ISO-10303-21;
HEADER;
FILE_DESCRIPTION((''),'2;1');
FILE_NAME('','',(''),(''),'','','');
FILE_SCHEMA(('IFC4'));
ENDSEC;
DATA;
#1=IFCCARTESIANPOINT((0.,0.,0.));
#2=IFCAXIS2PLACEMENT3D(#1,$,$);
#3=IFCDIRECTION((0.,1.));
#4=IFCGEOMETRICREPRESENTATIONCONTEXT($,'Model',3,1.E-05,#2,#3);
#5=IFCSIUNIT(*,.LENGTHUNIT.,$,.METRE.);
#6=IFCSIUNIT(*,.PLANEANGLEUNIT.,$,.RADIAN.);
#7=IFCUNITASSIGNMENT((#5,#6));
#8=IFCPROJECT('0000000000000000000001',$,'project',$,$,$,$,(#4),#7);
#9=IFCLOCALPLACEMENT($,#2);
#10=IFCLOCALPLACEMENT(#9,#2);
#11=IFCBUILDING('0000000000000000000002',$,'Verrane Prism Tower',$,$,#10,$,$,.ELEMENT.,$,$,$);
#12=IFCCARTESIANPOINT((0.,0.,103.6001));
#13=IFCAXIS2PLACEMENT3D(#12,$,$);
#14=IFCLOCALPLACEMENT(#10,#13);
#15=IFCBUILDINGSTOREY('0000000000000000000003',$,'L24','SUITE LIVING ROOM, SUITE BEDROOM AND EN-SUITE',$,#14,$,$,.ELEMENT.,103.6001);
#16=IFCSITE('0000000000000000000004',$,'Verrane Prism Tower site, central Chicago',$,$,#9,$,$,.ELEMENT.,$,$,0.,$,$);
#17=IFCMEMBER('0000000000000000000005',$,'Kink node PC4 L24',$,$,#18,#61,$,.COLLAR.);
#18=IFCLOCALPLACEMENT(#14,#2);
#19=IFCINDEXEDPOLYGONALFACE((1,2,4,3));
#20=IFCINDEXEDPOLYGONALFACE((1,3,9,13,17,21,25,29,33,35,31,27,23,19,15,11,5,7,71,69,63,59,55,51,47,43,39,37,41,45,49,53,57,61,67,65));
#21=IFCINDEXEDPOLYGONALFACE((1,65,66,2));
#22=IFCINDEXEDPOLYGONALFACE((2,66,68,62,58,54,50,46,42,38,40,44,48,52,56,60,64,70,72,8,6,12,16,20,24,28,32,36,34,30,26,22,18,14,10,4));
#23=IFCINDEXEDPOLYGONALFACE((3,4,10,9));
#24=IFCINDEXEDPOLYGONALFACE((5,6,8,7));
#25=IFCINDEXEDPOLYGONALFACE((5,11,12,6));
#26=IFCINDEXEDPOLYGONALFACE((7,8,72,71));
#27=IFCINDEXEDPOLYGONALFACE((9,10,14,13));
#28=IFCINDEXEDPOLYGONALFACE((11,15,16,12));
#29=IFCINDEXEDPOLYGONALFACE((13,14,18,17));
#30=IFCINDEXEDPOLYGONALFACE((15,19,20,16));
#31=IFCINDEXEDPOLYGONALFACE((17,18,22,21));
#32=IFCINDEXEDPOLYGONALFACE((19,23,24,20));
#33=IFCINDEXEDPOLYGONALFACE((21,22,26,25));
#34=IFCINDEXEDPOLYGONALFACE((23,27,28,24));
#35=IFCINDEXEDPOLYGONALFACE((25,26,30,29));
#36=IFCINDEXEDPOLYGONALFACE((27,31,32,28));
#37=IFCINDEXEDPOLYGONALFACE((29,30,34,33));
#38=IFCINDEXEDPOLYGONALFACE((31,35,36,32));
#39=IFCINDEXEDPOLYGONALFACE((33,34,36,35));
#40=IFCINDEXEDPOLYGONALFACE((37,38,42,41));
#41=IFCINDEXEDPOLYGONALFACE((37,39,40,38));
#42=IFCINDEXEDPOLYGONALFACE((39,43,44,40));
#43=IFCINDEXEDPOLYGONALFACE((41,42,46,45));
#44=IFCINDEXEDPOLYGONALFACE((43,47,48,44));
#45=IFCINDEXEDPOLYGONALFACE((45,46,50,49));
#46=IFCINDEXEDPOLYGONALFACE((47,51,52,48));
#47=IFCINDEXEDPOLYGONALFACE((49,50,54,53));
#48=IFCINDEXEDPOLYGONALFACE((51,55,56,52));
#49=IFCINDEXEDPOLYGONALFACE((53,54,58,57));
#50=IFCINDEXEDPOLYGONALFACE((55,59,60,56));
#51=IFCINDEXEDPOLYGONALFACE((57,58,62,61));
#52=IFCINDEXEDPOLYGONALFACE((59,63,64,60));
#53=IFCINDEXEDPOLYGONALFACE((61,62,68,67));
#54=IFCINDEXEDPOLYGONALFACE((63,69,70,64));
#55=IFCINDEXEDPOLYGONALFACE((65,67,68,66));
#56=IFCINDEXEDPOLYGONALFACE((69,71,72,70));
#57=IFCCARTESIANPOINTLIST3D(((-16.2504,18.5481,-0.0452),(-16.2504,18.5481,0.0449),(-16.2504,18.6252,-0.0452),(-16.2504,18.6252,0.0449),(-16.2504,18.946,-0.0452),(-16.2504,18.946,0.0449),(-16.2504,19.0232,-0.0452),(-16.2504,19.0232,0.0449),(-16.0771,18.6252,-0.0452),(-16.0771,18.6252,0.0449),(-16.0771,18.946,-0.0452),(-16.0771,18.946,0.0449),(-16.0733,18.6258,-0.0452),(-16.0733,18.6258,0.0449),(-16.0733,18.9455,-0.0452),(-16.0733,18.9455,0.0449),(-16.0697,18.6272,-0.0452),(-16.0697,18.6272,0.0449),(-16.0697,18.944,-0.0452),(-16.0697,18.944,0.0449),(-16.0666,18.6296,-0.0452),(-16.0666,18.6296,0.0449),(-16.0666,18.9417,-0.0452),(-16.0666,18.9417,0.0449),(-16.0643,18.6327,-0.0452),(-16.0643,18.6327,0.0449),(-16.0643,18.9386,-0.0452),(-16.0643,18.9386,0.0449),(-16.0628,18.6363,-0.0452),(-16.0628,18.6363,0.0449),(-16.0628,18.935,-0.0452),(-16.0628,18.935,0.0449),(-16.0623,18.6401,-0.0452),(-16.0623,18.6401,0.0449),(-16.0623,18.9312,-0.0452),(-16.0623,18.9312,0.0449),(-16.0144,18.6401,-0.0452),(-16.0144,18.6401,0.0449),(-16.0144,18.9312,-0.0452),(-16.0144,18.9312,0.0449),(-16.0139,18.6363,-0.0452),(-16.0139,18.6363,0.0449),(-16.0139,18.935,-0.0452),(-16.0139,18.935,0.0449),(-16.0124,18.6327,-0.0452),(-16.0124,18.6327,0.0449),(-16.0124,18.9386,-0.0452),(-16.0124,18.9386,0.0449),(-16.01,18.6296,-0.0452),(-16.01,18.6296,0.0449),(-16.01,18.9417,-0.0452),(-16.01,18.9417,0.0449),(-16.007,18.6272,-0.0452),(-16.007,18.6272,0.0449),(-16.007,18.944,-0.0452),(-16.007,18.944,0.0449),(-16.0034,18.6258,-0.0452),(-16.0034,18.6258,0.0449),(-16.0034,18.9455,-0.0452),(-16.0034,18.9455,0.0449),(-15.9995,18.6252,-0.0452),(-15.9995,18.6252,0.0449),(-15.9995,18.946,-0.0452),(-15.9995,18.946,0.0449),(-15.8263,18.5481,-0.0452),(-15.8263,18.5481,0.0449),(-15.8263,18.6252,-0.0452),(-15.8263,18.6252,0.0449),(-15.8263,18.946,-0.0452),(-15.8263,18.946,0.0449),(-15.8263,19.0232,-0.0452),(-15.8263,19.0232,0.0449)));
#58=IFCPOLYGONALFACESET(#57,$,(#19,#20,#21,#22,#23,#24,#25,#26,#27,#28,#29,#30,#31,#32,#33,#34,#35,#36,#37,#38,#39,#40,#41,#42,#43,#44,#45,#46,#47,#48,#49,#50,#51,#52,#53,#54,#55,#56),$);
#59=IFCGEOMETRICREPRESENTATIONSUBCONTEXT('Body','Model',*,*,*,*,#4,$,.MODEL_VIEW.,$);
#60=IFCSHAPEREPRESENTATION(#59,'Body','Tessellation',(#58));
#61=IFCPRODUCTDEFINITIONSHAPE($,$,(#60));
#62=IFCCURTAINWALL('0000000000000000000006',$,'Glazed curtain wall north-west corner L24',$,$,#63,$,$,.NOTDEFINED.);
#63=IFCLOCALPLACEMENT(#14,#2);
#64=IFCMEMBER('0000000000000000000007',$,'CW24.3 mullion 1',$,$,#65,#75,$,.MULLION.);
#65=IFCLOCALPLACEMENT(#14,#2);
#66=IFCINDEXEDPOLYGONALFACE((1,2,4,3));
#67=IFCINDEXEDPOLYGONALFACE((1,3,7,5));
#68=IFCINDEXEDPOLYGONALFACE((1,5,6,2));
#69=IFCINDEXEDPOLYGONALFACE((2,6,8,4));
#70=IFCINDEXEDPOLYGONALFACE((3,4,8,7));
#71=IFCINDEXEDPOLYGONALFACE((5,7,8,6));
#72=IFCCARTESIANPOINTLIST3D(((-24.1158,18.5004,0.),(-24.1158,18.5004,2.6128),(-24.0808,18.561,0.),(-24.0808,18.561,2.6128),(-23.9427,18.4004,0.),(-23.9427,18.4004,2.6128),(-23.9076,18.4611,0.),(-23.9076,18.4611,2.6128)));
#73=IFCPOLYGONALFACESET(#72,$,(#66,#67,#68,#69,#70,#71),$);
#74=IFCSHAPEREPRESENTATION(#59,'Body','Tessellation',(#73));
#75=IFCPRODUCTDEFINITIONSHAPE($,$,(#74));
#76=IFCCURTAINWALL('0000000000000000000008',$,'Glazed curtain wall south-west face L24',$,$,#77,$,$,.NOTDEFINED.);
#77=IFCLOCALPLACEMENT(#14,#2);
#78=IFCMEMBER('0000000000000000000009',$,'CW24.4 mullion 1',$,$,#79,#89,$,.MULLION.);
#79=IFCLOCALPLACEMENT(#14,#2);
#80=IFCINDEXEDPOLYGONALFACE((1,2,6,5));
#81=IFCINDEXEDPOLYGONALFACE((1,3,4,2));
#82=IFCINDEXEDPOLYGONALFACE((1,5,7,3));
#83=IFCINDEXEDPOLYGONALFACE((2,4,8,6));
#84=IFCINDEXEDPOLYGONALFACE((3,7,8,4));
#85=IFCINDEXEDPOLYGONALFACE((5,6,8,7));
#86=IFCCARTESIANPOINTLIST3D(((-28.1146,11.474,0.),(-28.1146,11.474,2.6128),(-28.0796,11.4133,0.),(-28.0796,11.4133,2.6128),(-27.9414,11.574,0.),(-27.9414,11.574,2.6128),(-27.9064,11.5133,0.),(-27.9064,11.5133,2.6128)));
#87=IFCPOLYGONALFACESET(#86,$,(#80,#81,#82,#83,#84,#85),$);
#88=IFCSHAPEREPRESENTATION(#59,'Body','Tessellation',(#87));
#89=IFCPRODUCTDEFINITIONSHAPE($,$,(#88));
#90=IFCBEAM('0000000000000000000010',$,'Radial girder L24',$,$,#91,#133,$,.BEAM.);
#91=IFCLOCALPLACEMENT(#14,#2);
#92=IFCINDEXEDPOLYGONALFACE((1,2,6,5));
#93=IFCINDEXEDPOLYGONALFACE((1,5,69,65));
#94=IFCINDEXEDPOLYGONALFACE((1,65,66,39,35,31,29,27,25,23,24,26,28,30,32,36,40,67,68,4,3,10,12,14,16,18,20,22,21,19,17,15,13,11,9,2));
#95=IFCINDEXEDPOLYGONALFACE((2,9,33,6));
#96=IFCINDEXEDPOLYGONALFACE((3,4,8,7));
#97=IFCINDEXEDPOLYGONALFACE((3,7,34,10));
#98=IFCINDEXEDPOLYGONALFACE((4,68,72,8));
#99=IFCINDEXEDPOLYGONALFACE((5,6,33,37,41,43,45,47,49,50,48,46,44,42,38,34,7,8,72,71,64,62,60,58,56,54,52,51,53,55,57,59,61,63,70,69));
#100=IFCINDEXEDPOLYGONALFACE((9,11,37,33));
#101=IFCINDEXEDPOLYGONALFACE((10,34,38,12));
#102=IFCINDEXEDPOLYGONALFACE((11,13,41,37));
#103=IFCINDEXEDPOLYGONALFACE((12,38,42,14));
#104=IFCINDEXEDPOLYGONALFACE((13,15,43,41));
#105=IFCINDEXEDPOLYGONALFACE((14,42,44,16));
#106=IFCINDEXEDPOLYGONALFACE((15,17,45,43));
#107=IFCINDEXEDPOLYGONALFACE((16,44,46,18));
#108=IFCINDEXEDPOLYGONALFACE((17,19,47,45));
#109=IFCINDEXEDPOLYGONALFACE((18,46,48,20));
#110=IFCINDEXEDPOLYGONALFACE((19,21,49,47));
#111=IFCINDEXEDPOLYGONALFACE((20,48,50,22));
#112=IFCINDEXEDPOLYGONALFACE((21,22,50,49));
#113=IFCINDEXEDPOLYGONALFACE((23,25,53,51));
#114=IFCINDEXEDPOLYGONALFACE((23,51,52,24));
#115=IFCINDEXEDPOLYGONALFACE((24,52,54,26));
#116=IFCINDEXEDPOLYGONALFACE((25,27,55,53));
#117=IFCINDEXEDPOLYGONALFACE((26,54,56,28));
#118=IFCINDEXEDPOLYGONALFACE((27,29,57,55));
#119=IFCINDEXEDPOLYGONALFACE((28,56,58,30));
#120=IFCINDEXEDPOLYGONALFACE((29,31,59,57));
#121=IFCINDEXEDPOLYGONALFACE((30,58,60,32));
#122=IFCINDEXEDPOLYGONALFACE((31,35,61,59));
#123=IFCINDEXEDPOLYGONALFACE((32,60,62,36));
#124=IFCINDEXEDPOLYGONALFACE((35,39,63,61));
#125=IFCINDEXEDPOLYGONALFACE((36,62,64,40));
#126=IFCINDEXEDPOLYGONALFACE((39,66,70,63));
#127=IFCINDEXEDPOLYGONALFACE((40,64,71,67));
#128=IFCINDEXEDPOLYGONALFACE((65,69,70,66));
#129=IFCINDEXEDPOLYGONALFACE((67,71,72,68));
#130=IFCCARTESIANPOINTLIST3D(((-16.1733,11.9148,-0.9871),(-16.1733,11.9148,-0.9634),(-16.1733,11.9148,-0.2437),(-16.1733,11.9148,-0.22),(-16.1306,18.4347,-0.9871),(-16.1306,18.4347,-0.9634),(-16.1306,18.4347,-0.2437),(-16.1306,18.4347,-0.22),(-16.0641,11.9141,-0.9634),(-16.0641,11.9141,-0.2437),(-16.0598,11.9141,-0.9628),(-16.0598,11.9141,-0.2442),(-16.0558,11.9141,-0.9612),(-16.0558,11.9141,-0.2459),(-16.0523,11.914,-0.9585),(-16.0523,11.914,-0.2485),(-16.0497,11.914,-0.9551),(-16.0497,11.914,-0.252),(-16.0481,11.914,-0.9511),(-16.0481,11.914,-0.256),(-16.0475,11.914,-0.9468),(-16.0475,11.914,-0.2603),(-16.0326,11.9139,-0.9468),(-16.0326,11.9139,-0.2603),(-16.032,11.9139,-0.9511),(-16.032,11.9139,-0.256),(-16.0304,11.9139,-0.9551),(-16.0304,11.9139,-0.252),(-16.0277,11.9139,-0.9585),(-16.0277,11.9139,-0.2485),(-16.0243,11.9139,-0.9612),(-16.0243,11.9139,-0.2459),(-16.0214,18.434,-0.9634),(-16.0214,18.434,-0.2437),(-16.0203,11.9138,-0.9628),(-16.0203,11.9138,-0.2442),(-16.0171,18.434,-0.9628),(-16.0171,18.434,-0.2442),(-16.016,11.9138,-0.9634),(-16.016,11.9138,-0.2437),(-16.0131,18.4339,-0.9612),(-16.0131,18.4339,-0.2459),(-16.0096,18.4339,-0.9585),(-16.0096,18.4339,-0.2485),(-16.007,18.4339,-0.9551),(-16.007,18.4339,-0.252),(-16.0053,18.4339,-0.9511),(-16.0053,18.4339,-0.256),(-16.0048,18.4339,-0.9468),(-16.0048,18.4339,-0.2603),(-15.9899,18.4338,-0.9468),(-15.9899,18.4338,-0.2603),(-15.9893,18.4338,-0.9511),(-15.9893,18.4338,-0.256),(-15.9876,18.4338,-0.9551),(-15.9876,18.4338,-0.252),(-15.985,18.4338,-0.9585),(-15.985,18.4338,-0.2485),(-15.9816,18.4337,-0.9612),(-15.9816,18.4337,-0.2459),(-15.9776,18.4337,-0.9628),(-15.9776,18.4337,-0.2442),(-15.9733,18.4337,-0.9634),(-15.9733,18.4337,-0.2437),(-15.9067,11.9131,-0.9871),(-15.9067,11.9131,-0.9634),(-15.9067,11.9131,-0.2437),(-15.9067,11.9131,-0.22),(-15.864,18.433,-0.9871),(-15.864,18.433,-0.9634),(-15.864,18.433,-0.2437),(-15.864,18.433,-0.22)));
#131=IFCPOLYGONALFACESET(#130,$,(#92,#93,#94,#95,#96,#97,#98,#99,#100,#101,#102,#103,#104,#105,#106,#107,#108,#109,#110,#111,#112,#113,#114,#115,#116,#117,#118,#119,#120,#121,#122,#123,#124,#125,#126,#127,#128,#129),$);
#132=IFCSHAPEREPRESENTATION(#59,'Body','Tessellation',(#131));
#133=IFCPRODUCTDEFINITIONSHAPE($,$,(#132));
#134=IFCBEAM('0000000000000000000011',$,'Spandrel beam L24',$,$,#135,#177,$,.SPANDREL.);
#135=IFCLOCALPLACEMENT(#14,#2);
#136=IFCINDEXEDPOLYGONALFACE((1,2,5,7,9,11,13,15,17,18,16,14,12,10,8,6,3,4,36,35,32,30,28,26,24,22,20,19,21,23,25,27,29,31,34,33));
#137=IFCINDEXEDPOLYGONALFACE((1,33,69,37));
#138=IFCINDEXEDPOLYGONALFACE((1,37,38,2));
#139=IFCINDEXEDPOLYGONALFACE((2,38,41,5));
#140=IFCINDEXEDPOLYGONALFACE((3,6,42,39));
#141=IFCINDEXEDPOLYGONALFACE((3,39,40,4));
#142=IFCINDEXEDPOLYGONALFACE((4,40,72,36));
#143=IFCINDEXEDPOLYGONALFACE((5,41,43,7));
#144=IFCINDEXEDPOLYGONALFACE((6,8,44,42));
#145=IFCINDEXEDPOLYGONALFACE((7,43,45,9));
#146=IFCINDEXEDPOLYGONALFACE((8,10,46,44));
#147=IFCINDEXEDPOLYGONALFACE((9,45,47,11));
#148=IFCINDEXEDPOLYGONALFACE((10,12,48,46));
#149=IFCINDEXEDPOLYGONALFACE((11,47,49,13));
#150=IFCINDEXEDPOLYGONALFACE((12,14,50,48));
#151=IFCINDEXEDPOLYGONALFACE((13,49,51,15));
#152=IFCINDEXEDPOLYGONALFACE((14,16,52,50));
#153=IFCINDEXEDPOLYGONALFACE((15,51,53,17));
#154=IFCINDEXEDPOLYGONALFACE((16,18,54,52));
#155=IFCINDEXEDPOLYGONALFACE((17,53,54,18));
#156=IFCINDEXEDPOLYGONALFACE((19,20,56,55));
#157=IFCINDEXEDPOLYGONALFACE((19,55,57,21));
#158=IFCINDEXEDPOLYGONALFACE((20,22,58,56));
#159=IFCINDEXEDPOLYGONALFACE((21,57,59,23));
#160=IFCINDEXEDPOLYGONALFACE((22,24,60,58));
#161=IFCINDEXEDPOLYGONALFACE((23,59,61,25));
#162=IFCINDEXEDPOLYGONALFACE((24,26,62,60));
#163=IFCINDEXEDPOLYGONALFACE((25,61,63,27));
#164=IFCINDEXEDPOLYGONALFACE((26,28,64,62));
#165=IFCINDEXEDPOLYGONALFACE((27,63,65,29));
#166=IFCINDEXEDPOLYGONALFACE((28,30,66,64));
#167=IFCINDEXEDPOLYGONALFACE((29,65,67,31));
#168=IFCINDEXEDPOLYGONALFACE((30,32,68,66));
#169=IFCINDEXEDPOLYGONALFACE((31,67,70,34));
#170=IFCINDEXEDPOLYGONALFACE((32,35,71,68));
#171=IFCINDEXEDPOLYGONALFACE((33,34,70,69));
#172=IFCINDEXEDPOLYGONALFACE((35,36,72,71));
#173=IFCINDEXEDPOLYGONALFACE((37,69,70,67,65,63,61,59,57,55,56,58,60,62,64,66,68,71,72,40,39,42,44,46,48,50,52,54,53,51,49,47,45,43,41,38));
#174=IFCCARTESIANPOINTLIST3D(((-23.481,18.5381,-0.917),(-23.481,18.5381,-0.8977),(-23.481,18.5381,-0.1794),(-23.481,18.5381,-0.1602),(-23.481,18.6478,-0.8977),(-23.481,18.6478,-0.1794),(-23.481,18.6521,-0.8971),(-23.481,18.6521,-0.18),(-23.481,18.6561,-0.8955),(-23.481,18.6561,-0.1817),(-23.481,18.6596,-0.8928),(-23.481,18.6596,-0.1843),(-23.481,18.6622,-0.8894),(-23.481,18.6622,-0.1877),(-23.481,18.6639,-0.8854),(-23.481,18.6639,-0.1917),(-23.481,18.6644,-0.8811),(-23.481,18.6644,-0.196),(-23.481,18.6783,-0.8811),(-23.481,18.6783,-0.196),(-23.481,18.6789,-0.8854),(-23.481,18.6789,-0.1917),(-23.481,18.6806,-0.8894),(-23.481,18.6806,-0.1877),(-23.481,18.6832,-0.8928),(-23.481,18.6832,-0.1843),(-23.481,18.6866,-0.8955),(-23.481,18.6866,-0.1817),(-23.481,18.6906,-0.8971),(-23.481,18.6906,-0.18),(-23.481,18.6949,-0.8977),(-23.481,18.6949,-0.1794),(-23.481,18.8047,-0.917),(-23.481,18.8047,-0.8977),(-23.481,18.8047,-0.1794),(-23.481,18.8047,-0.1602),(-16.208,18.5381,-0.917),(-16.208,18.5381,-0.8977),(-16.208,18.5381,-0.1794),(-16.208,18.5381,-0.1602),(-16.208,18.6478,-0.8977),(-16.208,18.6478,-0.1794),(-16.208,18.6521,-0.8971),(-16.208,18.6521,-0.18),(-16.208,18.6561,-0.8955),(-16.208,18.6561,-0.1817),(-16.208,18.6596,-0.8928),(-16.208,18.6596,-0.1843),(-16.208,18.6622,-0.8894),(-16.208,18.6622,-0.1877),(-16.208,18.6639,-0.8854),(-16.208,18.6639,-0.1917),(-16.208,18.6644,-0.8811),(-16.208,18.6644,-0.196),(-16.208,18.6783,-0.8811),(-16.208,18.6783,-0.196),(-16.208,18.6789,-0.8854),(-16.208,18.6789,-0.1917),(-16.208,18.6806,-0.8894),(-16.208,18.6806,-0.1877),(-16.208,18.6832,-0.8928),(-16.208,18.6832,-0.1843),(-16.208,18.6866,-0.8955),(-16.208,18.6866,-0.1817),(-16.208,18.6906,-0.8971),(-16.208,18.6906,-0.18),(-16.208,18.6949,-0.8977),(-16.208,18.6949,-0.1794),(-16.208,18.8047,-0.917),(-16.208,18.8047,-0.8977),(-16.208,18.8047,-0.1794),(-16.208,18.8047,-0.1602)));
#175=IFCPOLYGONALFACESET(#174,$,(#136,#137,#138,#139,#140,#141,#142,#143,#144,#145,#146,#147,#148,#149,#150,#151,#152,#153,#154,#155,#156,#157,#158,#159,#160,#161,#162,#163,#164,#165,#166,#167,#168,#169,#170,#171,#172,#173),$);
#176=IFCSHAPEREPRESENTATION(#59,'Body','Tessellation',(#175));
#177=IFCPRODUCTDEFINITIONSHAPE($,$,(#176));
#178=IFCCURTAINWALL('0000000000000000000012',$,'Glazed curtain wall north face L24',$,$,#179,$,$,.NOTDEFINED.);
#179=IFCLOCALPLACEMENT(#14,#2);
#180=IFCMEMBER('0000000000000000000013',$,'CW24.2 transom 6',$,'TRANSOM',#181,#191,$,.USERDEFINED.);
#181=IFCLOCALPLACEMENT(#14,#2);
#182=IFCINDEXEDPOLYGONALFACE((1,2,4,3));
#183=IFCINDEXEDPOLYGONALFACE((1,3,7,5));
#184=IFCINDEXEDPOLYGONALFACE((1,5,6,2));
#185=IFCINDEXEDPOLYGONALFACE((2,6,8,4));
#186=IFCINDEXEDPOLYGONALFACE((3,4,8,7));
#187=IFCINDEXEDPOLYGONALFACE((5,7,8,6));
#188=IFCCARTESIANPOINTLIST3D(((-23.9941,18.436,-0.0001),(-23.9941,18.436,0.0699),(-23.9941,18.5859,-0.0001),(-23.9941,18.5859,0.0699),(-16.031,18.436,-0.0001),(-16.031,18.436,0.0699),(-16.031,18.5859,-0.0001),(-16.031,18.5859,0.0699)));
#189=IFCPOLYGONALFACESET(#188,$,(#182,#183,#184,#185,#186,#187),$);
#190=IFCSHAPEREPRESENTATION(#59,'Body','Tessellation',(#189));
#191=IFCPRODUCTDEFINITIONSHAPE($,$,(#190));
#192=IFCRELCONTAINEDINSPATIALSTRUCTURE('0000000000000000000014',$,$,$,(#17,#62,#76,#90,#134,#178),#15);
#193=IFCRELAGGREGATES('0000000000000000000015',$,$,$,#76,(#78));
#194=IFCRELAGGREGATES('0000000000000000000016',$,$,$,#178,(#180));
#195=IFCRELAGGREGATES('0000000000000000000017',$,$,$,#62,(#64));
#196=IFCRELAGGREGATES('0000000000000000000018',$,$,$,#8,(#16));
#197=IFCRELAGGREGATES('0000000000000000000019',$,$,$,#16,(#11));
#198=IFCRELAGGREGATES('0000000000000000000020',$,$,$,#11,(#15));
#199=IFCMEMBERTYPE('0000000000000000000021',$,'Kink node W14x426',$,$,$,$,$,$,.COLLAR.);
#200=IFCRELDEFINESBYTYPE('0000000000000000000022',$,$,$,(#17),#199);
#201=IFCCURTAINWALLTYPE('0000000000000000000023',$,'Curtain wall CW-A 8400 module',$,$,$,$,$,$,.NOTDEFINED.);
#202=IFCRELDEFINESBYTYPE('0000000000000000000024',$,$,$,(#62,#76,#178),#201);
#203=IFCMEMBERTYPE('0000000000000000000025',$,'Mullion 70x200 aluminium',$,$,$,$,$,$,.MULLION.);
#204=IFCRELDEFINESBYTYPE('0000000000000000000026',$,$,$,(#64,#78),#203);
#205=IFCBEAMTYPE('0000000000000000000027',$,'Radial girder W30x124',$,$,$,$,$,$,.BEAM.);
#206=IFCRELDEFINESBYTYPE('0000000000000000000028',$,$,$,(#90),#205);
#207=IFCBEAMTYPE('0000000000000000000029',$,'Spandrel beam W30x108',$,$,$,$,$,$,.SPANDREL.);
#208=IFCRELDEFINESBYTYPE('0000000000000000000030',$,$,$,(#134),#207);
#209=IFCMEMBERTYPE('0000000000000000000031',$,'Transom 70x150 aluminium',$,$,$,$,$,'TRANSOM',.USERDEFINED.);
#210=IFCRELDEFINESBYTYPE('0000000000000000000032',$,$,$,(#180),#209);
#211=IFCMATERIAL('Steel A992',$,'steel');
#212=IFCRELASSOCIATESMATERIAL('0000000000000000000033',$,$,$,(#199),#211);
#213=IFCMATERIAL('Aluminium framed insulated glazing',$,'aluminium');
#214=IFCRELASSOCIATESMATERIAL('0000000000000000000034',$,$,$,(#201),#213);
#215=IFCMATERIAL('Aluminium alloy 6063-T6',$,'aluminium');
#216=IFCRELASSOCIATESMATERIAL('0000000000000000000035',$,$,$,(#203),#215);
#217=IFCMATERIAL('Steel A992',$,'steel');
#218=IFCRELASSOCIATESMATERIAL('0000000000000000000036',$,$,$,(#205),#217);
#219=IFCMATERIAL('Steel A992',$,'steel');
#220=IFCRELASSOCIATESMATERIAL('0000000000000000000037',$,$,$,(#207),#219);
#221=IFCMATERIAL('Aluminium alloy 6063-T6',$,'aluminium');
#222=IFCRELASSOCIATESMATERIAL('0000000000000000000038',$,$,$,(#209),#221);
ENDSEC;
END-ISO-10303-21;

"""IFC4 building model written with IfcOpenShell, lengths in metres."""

from ifc_helpers import new_model, si_unit, direction, frame, origin, origin_2d, place, context, subcontext, project, spatial, rectangle, i_section, extrude, material, material_profile, profile_set, type_object, element, aggregate, save


model = new_model("IFC4")

# Units and contexts
model_context = context("Model", 3, precision=1e-05, world=origin(), true_north=direction((0.0, 1.0)))
body_context = subcontext(model_context, "Body", "Model", "MODEL_VIEW")
ifc_project = project(units=[si_unit("LENGTHUNIT", "METRE"), si_unit("PLANEANGLEUNIT", "RADIAN")], contexts=[model_context])

# Site, building, storey
site_placement = place(None, origin())
site = spatial("IfcSite", under=ifc_project, at=site_placement, Name="Verrane Prism Tower site, central Chicago", CompositionType="ELEMENT", RefElevation=0.0)
building_placement = place(site_placement, origin())
building = spatial("IfcBuilding", under=site, at=building_placement, Name="Verrane Prism Tower", CompositionType="ELEMENT")
storey_placement = place(building_placement, frame((0.0, 0.0, 103.6001)))
storey = spatial("IfcBuildingStorey", under=building, at=storey_placement, Name="L24", Description="SUITE LIVING ROOM, SUITE BEDROOM AND EN-SUITE", CompositionType="ELEMENT", Elevation=103.6001)

# Member
ifc_material_1 = material(Name="Steel A992", Category="steel")
ifc_material_profile_1 = material_profile(ifc_material_1, i_section(OverallWidth=0.4241, OverallDepth=0.4751, WebThickness=0.0479, FlangeThickness=0.0771, FilletRadius=0.0149, at=origin_2d()), Name="W14x426")
ifc_profile_set_1 = profile_set([ifc_material_profile_1], Name="Steel A992")
member_type_1 = type_object("IfcMemberType", Name="Kink node W14x426", PredefinedType="COLLAR", material=ifc_profile_set_1)
member_1_placement = place(storey_placement, frame((-16.0383, 18.7856, -0.0452), z_axis=(0.0, 0.0, 1.0), x_axis=(1.0, 0.0, 0.0)))
element("IfcMember", 1, at=member_1_placement, inside=storey, type_object=member_type_1, Name="Kink node PC4 L24", PredefinedType="COLLAR", context=body_context, shape_type="SweptSolid", body=[
    extrude(i_section(OverallWidth=0.4241, OverallDepth=0.4751, WebThickness=0.0479, FlangeThickness=0.0771, FilletRadius=0.0149, at=origin_2d()), origin(), (0.0, 0.0, 1.0), 0.0901),
])

# Curtain walls, members
ifc_material_2 = material(Name="Aluminium framed insulated glazing", Category="aluminium")
curtain_wall_type = type_object("IfcCurtainWallType", Name="Curtain wall CW-A 8400 module", PredefinedType="NOTDEFINED", material=ifc_material_2)
curtain_wall_1_placement = place(storey_placement, origin())
curtain_wall_1 = element("IfcCurtainWall", 2, at=curtain_wall_1_placement, inside=storey, type_object=curtain_wall_type, Name="Glazed curtain wall north-west corner L24", PredefinedType="NOTDEFINED")
ifc_material_3 = material(Name="Aluminium alloy 6063-T6", Category="aluminium")
ifc_material_profile_2 = material_profile(ifc_material_3, rectangle(XDim=0.2, YDim=0.0701, at=origin_2d()), Name="Mullion 70x200 aluminium")
ifc_profile_set_2 = profile_set([ifc_material_profile_2], Name="Aluminium alloy 6063-T6")
member_type_2 = type_object("IfcMemberType", Name="Mullion 70x200 aluminium", PredefinedType="MULLION", material=ifc_profile_set_2)
member_2_placement = place(storey_placement, frame((-24.0117, 18.4807, 0.0), z_axis=(0.0, 0.0, 1.0), x_axis=(0.866028, -0.499996, 0.0)))
member_2 = element("IfcMember", 3, at=member_2_placement, type_object=member_type_2, Name="CW24.3 mullion 1", PredefinedType="MULLION", context=body_context, shape_type="SweptSolid", body=[
    extrude(rectangle(XDim=0.2, YDim=0.0701, at=origin_2d()), origin(), (0.0, 0.0, 1.0), 2.6128),
])
curtain_wall_2_placement = place(storey_placement, origin())
curtain_wall_2 = element("IfcCurtainWall", 4, at=curtain_wall_2_placement, inside=storey, type_object=curtain_wall_type, Name="Glazed curtain wall south-west face L24", PredefinedType="NOTDEFINED")
member_3_placement = place(storey_placement, frame((-28.0105, 11.4937, 0.0), z_axis=(0.0, 0.0, 1.0), x_axis=(0.866025, 0.5, 0.0)))
member_3 = element("IfcMember", 5, at=member_3_placement, type_object=member_type_2, Name="CW24.4 mullion 1", PredefinedType="MULLION", context=body_context, shape_type="SweptSolid", body=[
    extrude(rectangle(XDim=0.2, YDim=0.0701, at=origin_2d()), origin(), (0.0, 0.0, 1.0), 2.6128),
])

# Beams
ifc_material_4 = material(Name="Steel A992", Category="steel")
ifc_material_profile_3 = material_profile(ifc_material_4, i_section(OverallWidth=0.2666, OverallDepth=0.7671, WebThickness=0.0149, FlangeThickness=0.0237, FilletRadius=0.0166, at=origin_2d()), Name="W30x124")
ifc_profile_set_3 = profile_set([ifc_material_profile_3], Name="Steel A992")
beam_type_1 = type_object("IfcBeamType", Name="Radial girder W30x124", PredefinedType="BEAM", material=ifc_profile_set_3)
beam_1_placement = place(storey_placement, frame((-15.9973, 18.4338, -0.6035), z_axis=(-0.006553, -0.999979, 0.0), x_axis=(0.999979, -0.006553, 0.0)))
element("IfcBeam", 6, at=beam_1_placement, inside=storey, type_object=beam_type_1, Name="Radial girder L24", PredefinedType="BEAM", context=body_context, shape_type="SweptSolid", body=[
    extrude(i_section(OverallWidth=0.2666, OverallDepth=0.7671, WebThickness=0.0149, FlangeThickness=0.0237, FilletRadius=0.0166, at=origin_2d()), origin(), (0.0, 0.0, 1.0), 6.52),
])
ifc_material_5 = material(Name="Steel A992", Category="steel")
ifc_material_profile_4 = material_profile(ifc_material_5, i_section(OverallWidth=0.2666, OverallDepth=0.7568, WebThickness=0.0139, FlangeThickness=0.0193, FilletRadius=0.0166, at=origin_2d()), Name="W30x108")
ifc_profile_set_4 = profile_set([ifc_material_profile_4], Name="Steel A992")
beam_type_2 = type_object("IfcBeamType", Name="Spandrel beam W30x108", PredefinedType="SPANDREL", material=ifc_profile_set_4)
beam_2_placement = place(storey_placement, frame((-16.208, 18.6714, -0.5386), z_axis=(-1.0, 0.0, 0.0), x_axis=(0.0, -1.0, 0.0)))
element("IfcBeam", 7, at=beam_2_placement, inside=storey, type_object=beam_type_2, Name="Spandrel beam L24", PredefinedType="SPANDREL", context=body_context, shape_type="SweptSolid", body=[
    extrude(i_section(OverallWidth=0.2666, OverallDepth=0.7568, WebThickness=0.0139, FlangeThickness=0.0193, FilletRadius=0.0166, at=origin_2d()), origin(), (0.0, 0.0, 1.0), 7.2729),
])

# Curtain wall, member
curtain_wall_3_placement = place(storey_placement, origin())
curtain_wall_3 = element("IfcCurtainWall", 8, at=curtain_wall_3_placement, inside=storey, type_object=curtain_wall_type, Name="Glazed curtain wall north face L24", PredefinedType="NOTDEFINED")
ifc_material_6 = material(Name="Aluminium alloy 6063-T6", Category="aluminium")
ifc_material_profile_5 = material_profile(ifc_material_6, rectangle(XDim=0.1499, YDim=0.0701, at=origin_2d()), Name="Transom 70x150 aluminium")
ifc_profile_set_5 = profile_set([ifc_material_profile_5], Name="Aluminium alloy 6063-T6")
member_type_3 = type_object("IfcMemberType", Name="Transom 70x150 aluminium", ElementType="TRANSOM", PredefinedType="USERDEFINED", material=ifc_profile_set_5)
member_4_placement = place(storey_placement, frame((-16.031, 18.511, 0.0349), z_axis=(-1.0, 0.0, 0.0), x_axis=(0.0, -1.0, 0.0)))
member_4 = element("IfcMember", 9, at=member_4_placement, type_object=member_type_3, Name="CW24.2 transom 6", ObjectType="TRANSOM", PredefinedType="USERDEFINED", context=body_context, shape_type="SweptSolid", body=[
    extrude(rectangle(XDim=0.1499, YDim=0.0701, at=origin_2d()), origin(), (0.0, 0.0, 1.0), 7.9631),
])

aggregate(curtain_wall_2, [member_3])

aggregate(curtain_wall_3, [member_4])
aggregate(curtain_wall_1, [member_2])

save(model, "model.ifc")
